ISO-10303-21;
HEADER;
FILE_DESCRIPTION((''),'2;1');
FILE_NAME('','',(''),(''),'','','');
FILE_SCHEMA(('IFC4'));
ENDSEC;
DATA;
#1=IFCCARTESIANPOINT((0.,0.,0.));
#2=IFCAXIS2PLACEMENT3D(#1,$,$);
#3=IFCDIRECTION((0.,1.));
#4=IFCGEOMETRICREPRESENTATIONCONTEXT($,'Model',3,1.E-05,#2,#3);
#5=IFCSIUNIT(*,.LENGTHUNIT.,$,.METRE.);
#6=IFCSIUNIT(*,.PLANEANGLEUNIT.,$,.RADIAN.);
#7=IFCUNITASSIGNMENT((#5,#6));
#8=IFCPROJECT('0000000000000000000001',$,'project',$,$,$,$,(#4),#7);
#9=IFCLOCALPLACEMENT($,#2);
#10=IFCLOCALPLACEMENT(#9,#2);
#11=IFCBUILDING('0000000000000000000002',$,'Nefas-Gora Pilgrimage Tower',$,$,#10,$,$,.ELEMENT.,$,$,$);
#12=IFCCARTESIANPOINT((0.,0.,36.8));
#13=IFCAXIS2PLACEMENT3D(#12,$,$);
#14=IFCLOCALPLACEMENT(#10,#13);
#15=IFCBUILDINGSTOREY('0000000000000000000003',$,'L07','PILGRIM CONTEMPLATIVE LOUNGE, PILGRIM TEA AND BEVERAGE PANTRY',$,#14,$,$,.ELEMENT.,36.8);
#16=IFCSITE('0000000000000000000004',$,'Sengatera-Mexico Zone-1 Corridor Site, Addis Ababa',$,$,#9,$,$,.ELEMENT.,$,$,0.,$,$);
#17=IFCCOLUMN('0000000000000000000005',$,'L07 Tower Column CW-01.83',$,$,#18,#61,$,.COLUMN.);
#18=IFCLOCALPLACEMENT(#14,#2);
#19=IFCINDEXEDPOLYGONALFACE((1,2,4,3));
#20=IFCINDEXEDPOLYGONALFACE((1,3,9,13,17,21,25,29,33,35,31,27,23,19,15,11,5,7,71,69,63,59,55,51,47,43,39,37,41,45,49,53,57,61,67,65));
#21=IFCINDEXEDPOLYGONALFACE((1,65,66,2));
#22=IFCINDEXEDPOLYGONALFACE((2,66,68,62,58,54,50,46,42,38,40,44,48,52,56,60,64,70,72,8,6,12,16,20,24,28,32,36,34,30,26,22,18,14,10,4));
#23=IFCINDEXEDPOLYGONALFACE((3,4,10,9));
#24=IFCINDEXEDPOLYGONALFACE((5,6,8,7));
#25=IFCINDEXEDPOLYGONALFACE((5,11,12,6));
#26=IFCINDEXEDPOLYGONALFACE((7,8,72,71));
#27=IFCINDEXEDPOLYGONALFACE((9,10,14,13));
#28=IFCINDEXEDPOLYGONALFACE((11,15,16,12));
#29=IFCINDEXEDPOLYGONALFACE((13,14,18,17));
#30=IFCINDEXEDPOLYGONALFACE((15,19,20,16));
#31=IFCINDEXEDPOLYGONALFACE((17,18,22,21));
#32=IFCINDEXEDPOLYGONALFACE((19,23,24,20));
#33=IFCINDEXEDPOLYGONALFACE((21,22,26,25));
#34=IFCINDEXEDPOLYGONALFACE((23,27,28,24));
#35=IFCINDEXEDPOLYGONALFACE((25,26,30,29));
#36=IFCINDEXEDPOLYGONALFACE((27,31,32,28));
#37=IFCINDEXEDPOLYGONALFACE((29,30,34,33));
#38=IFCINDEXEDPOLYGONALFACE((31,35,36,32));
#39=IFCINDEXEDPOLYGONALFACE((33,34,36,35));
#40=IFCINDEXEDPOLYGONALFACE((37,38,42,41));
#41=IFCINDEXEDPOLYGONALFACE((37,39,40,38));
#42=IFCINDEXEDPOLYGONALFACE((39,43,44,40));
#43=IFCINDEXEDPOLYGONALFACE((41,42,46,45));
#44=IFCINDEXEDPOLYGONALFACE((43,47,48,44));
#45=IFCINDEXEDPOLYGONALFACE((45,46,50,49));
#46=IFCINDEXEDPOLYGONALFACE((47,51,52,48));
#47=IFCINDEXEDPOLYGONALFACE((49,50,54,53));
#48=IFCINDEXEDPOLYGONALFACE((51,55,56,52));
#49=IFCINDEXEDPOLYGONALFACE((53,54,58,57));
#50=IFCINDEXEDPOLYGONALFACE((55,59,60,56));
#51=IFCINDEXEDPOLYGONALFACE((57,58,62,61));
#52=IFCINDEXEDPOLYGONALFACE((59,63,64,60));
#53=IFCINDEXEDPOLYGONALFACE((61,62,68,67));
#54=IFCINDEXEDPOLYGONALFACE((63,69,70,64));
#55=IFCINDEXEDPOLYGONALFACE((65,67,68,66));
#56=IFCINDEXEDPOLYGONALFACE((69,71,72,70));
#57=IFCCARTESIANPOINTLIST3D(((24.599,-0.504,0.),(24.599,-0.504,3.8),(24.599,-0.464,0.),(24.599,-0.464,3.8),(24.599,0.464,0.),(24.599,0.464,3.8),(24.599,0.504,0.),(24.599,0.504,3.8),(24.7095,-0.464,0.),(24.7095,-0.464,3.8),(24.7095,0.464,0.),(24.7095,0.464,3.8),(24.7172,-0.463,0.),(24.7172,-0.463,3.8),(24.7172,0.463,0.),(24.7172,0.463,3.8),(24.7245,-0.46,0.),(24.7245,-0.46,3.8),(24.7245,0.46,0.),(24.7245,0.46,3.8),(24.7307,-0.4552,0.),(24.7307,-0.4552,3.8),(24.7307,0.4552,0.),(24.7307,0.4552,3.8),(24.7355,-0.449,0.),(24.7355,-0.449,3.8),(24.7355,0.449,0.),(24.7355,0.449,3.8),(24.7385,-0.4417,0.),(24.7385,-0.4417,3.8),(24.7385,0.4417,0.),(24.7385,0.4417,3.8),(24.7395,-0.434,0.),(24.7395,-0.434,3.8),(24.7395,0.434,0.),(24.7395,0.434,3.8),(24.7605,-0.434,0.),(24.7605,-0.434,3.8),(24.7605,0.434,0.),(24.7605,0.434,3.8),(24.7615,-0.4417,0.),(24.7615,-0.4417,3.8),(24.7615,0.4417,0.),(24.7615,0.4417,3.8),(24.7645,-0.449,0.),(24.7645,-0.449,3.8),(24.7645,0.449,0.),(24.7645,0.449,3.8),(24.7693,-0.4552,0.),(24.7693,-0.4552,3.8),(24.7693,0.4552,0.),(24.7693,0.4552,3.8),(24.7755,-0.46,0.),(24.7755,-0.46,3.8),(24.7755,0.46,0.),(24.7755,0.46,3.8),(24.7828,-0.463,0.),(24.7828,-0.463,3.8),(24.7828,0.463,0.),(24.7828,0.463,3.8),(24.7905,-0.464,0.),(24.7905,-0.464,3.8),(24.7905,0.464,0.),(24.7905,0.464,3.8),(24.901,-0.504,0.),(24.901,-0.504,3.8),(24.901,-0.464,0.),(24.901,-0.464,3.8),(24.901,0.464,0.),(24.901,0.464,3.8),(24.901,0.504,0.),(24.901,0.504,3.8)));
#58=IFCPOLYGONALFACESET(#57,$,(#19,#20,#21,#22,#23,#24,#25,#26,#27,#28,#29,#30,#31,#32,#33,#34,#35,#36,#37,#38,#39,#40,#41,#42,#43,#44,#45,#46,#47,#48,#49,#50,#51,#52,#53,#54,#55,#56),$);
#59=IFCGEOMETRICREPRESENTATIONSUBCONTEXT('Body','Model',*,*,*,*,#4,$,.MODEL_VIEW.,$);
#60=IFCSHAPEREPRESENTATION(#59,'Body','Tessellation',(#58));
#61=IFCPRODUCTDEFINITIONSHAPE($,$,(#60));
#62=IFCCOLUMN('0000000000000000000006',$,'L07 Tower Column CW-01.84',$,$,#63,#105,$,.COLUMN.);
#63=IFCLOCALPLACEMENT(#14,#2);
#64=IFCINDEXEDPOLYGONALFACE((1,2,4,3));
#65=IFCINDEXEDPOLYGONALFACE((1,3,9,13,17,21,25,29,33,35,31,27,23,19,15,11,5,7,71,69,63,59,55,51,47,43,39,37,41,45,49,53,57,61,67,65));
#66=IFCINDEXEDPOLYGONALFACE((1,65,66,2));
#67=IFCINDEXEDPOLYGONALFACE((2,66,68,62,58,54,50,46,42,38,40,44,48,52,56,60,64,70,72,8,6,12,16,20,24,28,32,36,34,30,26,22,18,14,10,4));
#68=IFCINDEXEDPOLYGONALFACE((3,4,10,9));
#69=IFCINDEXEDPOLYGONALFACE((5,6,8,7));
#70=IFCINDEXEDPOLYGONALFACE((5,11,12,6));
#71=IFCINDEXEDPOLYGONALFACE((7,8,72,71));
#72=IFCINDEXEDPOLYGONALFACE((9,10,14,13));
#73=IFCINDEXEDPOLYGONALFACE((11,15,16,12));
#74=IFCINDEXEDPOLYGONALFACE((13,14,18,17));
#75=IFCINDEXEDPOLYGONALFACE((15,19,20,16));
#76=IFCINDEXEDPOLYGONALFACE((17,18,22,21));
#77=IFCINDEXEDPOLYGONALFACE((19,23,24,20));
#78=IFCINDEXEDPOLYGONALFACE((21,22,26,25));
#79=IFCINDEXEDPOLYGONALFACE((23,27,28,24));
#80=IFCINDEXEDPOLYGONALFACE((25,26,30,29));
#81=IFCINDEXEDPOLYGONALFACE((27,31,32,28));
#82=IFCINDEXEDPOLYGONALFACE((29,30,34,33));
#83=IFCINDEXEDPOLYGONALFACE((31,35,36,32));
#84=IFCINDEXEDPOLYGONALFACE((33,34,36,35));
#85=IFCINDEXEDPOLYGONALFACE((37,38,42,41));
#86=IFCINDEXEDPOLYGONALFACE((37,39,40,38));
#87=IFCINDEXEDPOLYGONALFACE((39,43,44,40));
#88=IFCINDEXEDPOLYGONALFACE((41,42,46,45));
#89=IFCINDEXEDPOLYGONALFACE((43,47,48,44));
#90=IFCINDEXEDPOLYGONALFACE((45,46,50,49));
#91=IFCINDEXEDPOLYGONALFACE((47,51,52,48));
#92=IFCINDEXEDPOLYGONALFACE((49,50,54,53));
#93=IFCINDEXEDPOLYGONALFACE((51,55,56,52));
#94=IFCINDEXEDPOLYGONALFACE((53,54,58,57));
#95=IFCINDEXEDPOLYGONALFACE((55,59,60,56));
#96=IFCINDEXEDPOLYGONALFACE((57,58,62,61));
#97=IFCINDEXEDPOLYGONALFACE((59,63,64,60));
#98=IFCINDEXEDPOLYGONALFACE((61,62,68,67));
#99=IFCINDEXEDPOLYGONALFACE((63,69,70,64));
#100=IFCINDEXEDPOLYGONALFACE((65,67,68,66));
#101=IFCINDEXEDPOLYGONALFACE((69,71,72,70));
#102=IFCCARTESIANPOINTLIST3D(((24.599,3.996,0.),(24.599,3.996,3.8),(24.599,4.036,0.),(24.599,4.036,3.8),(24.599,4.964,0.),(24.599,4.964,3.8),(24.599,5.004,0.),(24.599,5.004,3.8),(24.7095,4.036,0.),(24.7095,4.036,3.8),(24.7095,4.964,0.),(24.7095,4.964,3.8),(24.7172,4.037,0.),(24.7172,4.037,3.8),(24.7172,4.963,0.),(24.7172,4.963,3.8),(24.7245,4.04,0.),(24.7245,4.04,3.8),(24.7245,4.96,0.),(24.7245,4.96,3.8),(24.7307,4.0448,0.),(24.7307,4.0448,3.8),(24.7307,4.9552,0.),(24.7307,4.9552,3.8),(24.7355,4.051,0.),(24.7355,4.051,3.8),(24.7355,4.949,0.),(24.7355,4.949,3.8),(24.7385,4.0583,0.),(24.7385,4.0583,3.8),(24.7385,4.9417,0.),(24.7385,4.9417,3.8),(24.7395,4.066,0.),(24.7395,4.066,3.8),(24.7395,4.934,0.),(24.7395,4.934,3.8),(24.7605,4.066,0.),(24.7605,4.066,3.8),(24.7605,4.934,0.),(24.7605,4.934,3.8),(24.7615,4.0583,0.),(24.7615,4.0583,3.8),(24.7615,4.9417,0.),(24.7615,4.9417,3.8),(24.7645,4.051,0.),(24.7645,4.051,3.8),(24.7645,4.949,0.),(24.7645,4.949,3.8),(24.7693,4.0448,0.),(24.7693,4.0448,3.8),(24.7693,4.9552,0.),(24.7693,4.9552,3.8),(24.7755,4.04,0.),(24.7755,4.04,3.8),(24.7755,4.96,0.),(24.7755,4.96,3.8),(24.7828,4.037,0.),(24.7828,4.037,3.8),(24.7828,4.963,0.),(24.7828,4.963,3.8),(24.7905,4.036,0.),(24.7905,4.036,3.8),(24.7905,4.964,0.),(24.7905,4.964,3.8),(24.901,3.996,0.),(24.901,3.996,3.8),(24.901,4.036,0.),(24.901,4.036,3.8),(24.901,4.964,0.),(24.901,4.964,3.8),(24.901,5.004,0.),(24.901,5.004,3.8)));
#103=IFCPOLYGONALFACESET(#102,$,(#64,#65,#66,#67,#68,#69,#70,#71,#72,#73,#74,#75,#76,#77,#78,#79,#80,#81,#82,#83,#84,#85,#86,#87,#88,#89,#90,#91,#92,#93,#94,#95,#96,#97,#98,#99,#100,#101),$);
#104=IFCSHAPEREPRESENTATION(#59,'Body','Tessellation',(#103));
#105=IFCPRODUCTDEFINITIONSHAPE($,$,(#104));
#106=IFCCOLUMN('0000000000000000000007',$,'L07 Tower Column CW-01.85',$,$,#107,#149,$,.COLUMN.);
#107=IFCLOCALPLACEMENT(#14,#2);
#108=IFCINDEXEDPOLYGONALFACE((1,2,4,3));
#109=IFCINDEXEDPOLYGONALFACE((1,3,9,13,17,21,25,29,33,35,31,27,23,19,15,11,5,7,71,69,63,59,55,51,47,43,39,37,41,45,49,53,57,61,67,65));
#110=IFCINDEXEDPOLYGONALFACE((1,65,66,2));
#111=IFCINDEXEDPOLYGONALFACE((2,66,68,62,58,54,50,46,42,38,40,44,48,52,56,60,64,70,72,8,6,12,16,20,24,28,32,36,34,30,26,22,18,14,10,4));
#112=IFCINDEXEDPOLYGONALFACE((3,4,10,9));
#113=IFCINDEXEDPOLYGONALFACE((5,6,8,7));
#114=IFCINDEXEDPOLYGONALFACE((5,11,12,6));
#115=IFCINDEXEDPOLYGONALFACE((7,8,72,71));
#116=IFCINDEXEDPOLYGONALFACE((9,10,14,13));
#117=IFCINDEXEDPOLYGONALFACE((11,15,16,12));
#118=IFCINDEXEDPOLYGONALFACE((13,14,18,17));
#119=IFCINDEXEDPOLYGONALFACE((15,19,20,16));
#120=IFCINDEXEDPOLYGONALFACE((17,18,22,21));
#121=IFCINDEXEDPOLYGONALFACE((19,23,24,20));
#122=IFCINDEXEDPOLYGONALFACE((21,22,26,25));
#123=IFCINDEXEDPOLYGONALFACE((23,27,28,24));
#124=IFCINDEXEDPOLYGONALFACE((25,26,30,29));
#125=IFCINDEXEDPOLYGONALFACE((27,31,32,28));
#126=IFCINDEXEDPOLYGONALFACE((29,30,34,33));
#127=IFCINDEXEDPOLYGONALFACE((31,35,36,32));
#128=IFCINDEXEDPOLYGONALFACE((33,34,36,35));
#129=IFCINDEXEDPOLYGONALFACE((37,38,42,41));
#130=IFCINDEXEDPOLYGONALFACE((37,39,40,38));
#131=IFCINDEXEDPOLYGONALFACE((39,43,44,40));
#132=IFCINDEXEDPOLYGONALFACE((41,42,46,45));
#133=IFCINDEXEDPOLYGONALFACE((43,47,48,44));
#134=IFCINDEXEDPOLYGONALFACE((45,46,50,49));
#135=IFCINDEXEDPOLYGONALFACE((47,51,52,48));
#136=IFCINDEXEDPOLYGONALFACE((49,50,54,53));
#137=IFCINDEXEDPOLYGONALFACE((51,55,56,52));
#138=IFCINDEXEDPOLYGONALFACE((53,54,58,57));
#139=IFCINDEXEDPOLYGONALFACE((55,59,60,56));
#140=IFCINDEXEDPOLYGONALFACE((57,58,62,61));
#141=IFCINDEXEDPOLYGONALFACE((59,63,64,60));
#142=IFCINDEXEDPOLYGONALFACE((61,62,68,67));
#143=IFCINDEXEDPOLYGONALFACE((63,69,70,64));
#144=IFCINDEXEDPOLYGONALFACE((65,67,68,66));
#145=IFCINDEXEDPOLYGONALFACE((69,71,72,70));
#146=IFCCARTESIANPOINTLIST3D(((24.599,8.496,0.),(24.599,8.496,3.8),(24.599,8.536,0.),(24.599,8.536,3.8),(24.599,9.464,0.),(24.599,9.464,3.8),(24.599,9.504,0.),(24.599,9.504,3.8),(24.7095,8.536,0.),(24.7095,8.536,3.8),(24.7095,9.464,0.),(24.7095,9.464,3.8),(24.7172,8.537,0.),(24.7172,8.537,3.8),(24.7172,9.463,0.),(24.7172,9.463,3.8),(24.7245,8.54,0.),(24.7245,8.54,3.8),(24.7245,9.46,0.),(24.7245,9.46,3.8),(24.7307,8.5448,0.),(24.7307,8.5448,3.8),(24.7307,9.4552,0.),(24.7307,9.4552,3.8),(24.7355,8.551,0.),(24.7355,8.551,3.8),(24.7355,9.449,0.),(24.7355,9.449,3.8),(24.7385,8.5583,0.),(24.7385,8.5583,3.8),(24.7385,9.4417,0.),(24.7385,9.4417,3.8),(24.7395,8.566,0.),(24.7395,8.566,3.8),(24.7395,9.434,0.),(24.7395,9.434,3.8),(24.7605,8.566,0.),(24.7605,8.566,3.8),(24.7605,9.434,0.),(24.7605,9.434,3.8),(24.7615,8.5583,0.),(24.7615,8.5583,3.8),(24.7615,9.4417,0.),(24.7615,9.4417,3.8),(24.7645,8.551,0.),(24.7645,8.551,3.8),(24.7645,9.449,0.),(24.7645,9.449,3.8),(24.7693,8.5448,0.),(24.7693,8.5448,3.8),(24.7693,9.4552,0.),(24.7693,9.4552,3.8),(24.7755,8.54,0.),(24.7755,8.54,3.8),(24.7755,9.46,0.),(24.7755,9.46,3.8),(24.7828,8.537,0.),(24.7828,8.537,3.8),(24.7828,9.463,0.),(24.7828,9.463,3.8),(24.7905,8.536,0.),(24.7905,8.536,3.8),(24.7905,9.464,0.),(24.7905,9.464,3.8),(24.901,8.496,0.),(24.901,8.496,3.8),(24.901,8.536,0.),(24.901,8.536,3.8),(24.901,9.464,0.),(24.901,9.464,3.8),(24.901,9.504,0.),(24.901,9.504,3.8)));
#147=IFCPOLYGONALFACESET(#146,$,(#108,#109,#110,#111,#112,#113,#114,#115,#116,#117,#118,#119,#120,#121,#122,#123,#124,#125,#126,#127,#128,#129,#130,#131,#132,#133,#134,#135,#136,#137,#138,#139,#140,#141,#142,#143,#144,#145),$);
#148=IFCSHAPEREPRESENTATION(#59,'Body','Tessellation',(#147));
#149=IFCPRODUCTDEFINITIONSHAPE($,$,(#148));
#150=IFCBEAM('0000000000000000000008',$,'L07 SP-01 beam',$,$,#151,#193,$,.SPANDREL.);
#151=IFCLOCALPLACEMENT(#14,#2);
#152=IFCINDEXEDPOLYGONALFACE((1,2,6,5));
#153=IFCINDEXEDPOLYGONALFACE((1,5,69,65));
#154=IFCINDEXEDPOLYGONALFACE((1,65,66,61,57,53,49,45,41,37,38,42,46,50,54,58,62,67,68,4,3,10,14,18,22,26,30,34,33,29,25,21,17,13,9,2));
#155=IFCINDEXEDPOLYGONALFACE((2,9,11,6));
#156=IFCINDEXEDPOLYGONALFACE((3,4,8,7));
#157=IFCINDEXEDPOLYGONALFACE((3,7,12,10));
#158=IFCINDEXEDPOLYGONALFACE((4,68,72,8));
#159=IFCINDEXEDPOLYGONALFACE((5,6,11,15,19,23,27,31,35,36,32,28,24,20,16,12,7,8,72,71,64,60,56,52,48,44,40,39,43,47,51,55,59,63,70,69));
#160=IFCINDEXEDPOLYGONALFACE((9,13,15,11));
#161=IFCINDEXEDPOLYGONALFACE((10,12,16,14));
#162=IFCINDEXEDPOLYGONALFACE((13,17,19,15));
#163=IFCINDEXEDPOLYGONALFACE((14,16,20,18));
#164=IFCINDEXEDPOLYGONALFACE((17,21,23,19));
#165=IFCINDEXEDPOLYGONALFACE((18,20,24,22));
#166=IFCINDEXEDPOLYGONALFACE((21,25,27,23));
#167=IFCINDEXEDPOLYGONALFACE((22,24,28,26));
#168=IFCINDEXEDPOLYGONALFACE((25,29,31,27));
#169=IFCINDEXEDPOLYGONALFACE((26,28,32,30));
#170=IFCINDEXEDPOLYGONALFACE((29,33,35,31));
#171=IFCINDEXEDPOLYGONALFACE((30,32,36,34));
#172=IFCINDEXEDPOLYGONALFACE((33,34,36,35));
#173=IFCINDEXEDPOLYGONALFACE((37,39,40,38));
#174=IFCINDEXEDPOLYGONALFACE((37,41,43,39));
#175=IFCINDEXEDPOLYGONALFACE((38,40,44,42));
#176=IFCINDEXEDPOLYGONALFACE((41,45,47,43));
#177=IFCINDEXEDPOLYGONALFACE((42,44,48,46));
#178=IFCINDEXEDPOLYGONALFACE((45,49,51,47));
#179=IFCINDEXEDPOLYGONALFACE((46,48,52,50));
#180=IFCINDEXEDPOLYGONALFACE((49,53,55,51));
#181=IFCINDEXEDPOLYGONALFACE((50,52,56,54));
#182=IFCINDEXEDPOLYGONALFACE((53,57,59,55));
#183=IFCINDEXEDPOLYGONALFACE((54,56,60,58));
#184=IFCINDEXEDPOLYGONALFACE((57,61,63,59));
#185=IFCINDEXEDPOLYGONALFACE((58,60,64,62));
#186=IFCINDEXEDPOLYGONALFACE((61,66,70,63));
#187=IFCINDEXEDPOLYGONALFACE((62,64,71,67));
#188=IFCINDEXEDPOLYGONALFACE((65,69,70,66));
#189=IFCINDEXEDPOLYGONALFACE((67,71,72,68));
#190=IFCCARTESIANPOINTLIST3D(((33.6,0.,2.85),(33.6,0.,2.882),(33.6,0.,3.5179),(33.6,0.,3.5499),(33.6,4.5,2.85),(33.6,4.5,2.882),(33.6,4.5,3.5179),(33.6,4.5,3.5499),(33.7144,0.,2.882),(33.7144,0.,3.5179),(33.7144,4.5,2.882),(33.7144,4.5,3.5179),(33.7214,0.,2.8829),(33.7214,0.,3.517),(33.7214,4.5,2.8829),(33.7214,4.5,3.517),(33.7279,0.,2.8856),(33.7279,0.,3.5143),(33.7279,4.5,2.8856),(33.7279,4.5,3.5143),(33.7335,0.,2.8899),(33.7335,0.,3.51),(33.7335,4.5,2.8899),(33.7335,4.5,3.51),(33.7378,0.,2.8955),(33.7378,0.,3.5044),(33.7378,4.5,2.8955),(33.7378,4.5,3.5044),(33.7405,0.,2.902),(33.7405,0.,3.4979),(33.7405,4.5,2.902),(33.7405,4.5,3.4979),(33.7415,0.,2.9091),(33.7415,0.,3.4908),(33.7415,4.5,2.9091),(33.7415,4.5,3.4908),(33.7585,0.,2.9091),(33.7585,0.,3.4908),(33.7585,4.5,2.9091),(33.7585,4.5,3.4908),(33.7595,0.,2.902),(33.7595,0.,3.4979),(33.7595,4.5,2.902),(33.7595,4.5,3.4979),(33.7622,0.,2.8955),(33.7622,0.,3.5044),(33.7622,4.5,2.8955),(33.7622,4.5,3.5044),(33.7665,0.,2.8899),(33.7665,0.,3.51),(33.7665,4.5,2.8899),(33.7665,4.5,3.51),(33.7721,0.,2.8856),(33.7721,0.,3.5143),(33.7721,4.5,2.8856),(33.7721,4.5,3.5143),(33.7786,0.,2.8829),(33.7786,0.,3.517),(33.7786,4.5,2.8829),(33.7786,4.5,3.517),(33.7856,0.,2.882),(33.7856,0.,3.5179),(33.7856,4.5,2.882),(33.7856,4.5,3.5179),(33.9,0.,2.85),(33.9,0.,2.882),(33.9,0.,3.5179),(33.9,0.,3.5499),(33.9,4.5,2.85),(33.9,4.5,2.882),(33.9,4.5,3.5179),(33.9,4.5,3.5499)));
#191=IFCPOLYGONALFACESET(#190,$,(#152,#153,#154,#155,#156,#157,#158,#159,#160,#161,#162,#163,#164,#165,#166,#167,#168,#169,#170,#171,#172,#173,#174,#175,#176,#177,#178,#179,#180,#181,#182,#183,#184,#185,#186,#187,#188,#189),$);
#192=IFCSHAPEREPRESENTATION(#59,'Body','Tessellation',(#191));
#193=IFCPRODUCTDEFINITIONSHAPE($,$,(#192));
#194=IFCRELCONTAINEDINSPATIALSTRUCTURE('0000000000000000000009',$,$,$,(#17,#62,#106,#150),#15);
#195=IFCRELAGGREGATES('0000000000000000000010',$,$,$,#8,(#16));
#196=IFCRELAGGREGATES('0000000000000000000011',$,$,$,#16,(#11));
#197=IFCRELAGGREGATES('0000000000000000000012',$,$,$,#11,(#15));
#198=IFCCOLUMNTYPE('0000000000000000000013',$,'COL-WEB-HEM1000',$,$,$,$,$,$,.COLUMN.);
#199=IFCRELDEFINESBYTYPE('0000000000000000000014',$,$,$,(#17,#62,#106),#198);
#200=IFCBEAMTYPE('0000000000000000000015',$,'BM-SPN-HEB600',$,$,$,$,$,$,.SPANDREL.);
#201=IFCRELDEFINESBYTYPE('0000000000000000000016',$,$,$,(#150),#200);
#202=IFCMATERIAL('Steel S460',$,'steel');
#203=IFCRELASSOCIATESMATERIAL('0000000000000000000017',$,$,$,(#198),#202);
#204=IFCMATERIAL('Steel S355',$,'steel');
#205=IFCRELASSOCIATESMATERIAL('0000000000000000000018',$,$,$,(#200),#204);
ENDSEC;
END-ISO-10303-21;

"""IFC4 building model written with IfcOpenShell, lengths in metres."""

from ifc_helpers import new_model, si_unit, direction, frame, origin, origin_2d, place, context, subcontext, project, spatial, i_section, extrude, source, transform, mapped, material, material_profile, profile_set, type_object, element, save


model = new_model("IFC4")

# Units and contexts
model_context = context("Model", 3, precision=1e-05, world=origin(), true_north=direction((0.0, 1.0)))
body_context = subcontext(model_context, "Body", "Model", "MODEL_VIEW")
ifc_project = project(units=[si_unit("LENGTHUNIT", "METRE"), si_unit("PLANEANGLEUNIT", "RADIAN")], contexts=[model_context])

# Site, building, storey
site_placement = place(None, origin())
site = spatial("IfcSite", under=ifc_project, at=site_placement, Name="Sengatera-Mexico Zone-1 Corridor Site, Addis Ababa", CompositionType="ELEMENT", RefElevation=0.0)
building_placement = place(site_placement, origin())
building = spatial("IfcBuilding", under=site, at=building_placement, Name="Nefas-Gora Pilgrimage Tower", CompositionType="ELEMENT")
storey_placement = place(building_placement, frame((0.0, 0.0, 36.8)))
storey = spatial("IfcBuildingStorey", under=building, at=storey_placement, Name="L07", Description="PILGRIM CONTEMPLATIVE LOUNGE, PILGRIM TEA AND BEVERAGE PANTRY", CompositionType="ELEMENT", Elevation=36.8)

# Columns
ifc_material_1 = material(Name="Steel S460", Category="steel")
ifc_material_profile_1 = material_profile(ifc_material_1, i_section(OverallWidth=0.302, OverallDepth=1.0081, WebThickness=0.021, FlangeThickness=0.04, FilletRadius=0.03, at=origin_2d()), Name="HEM 1000")
ifc_profile_set_1 = profile_set([ifc_material_profile_1], Name="Steel S460")
column_type_1 = type_object("IfcColumnType", Name="COL-WEB-HEM1000", PredefinedType="COLUMN", material=ifc_profile_set_1)
shared_shape_1 = source(origin(), body_context, "Body", "SweptSolid", [
    extrude(i_section(OverallWidth=0.302, OverallDepth=1.0081, WebThickness=0.021, FlangeThickness=0.04, FilletRadius=0.03, at=origin_2d()), origin(), (0.0, 0.0, 1.0), 3.8),
])
for number, where, z_axis, x_axis, name in (
    (1, (24.75, 0.0, 0.0), (0.0, 0.0, 1.0), (1.0, 0.0, 0.0), "L07 Tower Column CW-01.83"),
    (2, (24.75, 4.5, 0.0), (0.0, 0.0, 1.0), (1.0, 0.0, 0.0), "L07 Tower Column CW-01.84"),
    (3, (24.75, 9.0, 0.0), (0.0, 0.0, 1.0), (1.0, 0.0, 0.0), "L07 Tower Column CW-01.85"),
):
    element("IfcColumn", number, at=place(storey_placement, frame(where, z_axis=z_axis, x_axis=x_axis)), inside=storey, type_object=column_type_1, Name=name, PredefinedType="COLUMN", context=body_context, shape_type="MappedRepresentation", body=[
        mapped(shared_shape_1, transform((0.0, 0.0, 0.0), x_axis=(1.0, 0.0, 0.0), y_axis=(0.0, 1.0, 0.0), z_axis=(0.0, 0.0, 1.0), scale=1.0)),
    ])

# Beam
ifc_material_2 = material(Name="Steel S355", Category="steel")
ifc_material_profile_2 = material_profile(ifc_material_2, i_section(OverallWidth=0.3, OverallDepth=0.7, WebThickness=0.0171, FlangeThickness=0.032, FilletRadius=0.0271, at=origin_2d()), Name="HEB 700")
ifc_profile_set_2 = profile_set([ifc_material_profile_2], Name="Steel S355")
beam_type_1 = type_object("IfcBeamType", Name="BM-SPN-HEB600", PredefinedType="SPANDREL", material=ifc_profile_set_2)
shared_shape_2 = source(origin(), body_context, "Body", "SweptSolid", [
    extrude(i_section(OverallWidth=0.3, OverallDepth=0.7, WebThickness=0.0171, FlangeThickness=0.032, FilletRadius=0.0271, at=origin_2d()), origin(), (0.0, 0.0, 1.0), 4.5),
])
for number, where, z_axis, x_axis, name in (
    (4, (33.75, 0.0, 3.2), (0.0, 1.0, 0.0), (-1.0, 0.0, 0.0), "L07 SP-01 beam"),
):
    element("IfcBeam", number, at=place(storey_placement, frame(where, z_axis=z_axis, x_axis=x_axis)), inside=storey, type_object=beam_type_1, Name=name, PredefinedType="SPANDREL", context=body_context, shape_type="MappedRepresentation", body=[
        mapped(shared_shape_2, transform((0.0, 0.0, 0.0), x_axis=(1.0, 0.0, 0.0), y_axis=(0.0, 1.0, 0.0), z_axis=(0.0, 0.0, 1.0), scale=1.0)),
    ])

save(model, "model.ifc")
